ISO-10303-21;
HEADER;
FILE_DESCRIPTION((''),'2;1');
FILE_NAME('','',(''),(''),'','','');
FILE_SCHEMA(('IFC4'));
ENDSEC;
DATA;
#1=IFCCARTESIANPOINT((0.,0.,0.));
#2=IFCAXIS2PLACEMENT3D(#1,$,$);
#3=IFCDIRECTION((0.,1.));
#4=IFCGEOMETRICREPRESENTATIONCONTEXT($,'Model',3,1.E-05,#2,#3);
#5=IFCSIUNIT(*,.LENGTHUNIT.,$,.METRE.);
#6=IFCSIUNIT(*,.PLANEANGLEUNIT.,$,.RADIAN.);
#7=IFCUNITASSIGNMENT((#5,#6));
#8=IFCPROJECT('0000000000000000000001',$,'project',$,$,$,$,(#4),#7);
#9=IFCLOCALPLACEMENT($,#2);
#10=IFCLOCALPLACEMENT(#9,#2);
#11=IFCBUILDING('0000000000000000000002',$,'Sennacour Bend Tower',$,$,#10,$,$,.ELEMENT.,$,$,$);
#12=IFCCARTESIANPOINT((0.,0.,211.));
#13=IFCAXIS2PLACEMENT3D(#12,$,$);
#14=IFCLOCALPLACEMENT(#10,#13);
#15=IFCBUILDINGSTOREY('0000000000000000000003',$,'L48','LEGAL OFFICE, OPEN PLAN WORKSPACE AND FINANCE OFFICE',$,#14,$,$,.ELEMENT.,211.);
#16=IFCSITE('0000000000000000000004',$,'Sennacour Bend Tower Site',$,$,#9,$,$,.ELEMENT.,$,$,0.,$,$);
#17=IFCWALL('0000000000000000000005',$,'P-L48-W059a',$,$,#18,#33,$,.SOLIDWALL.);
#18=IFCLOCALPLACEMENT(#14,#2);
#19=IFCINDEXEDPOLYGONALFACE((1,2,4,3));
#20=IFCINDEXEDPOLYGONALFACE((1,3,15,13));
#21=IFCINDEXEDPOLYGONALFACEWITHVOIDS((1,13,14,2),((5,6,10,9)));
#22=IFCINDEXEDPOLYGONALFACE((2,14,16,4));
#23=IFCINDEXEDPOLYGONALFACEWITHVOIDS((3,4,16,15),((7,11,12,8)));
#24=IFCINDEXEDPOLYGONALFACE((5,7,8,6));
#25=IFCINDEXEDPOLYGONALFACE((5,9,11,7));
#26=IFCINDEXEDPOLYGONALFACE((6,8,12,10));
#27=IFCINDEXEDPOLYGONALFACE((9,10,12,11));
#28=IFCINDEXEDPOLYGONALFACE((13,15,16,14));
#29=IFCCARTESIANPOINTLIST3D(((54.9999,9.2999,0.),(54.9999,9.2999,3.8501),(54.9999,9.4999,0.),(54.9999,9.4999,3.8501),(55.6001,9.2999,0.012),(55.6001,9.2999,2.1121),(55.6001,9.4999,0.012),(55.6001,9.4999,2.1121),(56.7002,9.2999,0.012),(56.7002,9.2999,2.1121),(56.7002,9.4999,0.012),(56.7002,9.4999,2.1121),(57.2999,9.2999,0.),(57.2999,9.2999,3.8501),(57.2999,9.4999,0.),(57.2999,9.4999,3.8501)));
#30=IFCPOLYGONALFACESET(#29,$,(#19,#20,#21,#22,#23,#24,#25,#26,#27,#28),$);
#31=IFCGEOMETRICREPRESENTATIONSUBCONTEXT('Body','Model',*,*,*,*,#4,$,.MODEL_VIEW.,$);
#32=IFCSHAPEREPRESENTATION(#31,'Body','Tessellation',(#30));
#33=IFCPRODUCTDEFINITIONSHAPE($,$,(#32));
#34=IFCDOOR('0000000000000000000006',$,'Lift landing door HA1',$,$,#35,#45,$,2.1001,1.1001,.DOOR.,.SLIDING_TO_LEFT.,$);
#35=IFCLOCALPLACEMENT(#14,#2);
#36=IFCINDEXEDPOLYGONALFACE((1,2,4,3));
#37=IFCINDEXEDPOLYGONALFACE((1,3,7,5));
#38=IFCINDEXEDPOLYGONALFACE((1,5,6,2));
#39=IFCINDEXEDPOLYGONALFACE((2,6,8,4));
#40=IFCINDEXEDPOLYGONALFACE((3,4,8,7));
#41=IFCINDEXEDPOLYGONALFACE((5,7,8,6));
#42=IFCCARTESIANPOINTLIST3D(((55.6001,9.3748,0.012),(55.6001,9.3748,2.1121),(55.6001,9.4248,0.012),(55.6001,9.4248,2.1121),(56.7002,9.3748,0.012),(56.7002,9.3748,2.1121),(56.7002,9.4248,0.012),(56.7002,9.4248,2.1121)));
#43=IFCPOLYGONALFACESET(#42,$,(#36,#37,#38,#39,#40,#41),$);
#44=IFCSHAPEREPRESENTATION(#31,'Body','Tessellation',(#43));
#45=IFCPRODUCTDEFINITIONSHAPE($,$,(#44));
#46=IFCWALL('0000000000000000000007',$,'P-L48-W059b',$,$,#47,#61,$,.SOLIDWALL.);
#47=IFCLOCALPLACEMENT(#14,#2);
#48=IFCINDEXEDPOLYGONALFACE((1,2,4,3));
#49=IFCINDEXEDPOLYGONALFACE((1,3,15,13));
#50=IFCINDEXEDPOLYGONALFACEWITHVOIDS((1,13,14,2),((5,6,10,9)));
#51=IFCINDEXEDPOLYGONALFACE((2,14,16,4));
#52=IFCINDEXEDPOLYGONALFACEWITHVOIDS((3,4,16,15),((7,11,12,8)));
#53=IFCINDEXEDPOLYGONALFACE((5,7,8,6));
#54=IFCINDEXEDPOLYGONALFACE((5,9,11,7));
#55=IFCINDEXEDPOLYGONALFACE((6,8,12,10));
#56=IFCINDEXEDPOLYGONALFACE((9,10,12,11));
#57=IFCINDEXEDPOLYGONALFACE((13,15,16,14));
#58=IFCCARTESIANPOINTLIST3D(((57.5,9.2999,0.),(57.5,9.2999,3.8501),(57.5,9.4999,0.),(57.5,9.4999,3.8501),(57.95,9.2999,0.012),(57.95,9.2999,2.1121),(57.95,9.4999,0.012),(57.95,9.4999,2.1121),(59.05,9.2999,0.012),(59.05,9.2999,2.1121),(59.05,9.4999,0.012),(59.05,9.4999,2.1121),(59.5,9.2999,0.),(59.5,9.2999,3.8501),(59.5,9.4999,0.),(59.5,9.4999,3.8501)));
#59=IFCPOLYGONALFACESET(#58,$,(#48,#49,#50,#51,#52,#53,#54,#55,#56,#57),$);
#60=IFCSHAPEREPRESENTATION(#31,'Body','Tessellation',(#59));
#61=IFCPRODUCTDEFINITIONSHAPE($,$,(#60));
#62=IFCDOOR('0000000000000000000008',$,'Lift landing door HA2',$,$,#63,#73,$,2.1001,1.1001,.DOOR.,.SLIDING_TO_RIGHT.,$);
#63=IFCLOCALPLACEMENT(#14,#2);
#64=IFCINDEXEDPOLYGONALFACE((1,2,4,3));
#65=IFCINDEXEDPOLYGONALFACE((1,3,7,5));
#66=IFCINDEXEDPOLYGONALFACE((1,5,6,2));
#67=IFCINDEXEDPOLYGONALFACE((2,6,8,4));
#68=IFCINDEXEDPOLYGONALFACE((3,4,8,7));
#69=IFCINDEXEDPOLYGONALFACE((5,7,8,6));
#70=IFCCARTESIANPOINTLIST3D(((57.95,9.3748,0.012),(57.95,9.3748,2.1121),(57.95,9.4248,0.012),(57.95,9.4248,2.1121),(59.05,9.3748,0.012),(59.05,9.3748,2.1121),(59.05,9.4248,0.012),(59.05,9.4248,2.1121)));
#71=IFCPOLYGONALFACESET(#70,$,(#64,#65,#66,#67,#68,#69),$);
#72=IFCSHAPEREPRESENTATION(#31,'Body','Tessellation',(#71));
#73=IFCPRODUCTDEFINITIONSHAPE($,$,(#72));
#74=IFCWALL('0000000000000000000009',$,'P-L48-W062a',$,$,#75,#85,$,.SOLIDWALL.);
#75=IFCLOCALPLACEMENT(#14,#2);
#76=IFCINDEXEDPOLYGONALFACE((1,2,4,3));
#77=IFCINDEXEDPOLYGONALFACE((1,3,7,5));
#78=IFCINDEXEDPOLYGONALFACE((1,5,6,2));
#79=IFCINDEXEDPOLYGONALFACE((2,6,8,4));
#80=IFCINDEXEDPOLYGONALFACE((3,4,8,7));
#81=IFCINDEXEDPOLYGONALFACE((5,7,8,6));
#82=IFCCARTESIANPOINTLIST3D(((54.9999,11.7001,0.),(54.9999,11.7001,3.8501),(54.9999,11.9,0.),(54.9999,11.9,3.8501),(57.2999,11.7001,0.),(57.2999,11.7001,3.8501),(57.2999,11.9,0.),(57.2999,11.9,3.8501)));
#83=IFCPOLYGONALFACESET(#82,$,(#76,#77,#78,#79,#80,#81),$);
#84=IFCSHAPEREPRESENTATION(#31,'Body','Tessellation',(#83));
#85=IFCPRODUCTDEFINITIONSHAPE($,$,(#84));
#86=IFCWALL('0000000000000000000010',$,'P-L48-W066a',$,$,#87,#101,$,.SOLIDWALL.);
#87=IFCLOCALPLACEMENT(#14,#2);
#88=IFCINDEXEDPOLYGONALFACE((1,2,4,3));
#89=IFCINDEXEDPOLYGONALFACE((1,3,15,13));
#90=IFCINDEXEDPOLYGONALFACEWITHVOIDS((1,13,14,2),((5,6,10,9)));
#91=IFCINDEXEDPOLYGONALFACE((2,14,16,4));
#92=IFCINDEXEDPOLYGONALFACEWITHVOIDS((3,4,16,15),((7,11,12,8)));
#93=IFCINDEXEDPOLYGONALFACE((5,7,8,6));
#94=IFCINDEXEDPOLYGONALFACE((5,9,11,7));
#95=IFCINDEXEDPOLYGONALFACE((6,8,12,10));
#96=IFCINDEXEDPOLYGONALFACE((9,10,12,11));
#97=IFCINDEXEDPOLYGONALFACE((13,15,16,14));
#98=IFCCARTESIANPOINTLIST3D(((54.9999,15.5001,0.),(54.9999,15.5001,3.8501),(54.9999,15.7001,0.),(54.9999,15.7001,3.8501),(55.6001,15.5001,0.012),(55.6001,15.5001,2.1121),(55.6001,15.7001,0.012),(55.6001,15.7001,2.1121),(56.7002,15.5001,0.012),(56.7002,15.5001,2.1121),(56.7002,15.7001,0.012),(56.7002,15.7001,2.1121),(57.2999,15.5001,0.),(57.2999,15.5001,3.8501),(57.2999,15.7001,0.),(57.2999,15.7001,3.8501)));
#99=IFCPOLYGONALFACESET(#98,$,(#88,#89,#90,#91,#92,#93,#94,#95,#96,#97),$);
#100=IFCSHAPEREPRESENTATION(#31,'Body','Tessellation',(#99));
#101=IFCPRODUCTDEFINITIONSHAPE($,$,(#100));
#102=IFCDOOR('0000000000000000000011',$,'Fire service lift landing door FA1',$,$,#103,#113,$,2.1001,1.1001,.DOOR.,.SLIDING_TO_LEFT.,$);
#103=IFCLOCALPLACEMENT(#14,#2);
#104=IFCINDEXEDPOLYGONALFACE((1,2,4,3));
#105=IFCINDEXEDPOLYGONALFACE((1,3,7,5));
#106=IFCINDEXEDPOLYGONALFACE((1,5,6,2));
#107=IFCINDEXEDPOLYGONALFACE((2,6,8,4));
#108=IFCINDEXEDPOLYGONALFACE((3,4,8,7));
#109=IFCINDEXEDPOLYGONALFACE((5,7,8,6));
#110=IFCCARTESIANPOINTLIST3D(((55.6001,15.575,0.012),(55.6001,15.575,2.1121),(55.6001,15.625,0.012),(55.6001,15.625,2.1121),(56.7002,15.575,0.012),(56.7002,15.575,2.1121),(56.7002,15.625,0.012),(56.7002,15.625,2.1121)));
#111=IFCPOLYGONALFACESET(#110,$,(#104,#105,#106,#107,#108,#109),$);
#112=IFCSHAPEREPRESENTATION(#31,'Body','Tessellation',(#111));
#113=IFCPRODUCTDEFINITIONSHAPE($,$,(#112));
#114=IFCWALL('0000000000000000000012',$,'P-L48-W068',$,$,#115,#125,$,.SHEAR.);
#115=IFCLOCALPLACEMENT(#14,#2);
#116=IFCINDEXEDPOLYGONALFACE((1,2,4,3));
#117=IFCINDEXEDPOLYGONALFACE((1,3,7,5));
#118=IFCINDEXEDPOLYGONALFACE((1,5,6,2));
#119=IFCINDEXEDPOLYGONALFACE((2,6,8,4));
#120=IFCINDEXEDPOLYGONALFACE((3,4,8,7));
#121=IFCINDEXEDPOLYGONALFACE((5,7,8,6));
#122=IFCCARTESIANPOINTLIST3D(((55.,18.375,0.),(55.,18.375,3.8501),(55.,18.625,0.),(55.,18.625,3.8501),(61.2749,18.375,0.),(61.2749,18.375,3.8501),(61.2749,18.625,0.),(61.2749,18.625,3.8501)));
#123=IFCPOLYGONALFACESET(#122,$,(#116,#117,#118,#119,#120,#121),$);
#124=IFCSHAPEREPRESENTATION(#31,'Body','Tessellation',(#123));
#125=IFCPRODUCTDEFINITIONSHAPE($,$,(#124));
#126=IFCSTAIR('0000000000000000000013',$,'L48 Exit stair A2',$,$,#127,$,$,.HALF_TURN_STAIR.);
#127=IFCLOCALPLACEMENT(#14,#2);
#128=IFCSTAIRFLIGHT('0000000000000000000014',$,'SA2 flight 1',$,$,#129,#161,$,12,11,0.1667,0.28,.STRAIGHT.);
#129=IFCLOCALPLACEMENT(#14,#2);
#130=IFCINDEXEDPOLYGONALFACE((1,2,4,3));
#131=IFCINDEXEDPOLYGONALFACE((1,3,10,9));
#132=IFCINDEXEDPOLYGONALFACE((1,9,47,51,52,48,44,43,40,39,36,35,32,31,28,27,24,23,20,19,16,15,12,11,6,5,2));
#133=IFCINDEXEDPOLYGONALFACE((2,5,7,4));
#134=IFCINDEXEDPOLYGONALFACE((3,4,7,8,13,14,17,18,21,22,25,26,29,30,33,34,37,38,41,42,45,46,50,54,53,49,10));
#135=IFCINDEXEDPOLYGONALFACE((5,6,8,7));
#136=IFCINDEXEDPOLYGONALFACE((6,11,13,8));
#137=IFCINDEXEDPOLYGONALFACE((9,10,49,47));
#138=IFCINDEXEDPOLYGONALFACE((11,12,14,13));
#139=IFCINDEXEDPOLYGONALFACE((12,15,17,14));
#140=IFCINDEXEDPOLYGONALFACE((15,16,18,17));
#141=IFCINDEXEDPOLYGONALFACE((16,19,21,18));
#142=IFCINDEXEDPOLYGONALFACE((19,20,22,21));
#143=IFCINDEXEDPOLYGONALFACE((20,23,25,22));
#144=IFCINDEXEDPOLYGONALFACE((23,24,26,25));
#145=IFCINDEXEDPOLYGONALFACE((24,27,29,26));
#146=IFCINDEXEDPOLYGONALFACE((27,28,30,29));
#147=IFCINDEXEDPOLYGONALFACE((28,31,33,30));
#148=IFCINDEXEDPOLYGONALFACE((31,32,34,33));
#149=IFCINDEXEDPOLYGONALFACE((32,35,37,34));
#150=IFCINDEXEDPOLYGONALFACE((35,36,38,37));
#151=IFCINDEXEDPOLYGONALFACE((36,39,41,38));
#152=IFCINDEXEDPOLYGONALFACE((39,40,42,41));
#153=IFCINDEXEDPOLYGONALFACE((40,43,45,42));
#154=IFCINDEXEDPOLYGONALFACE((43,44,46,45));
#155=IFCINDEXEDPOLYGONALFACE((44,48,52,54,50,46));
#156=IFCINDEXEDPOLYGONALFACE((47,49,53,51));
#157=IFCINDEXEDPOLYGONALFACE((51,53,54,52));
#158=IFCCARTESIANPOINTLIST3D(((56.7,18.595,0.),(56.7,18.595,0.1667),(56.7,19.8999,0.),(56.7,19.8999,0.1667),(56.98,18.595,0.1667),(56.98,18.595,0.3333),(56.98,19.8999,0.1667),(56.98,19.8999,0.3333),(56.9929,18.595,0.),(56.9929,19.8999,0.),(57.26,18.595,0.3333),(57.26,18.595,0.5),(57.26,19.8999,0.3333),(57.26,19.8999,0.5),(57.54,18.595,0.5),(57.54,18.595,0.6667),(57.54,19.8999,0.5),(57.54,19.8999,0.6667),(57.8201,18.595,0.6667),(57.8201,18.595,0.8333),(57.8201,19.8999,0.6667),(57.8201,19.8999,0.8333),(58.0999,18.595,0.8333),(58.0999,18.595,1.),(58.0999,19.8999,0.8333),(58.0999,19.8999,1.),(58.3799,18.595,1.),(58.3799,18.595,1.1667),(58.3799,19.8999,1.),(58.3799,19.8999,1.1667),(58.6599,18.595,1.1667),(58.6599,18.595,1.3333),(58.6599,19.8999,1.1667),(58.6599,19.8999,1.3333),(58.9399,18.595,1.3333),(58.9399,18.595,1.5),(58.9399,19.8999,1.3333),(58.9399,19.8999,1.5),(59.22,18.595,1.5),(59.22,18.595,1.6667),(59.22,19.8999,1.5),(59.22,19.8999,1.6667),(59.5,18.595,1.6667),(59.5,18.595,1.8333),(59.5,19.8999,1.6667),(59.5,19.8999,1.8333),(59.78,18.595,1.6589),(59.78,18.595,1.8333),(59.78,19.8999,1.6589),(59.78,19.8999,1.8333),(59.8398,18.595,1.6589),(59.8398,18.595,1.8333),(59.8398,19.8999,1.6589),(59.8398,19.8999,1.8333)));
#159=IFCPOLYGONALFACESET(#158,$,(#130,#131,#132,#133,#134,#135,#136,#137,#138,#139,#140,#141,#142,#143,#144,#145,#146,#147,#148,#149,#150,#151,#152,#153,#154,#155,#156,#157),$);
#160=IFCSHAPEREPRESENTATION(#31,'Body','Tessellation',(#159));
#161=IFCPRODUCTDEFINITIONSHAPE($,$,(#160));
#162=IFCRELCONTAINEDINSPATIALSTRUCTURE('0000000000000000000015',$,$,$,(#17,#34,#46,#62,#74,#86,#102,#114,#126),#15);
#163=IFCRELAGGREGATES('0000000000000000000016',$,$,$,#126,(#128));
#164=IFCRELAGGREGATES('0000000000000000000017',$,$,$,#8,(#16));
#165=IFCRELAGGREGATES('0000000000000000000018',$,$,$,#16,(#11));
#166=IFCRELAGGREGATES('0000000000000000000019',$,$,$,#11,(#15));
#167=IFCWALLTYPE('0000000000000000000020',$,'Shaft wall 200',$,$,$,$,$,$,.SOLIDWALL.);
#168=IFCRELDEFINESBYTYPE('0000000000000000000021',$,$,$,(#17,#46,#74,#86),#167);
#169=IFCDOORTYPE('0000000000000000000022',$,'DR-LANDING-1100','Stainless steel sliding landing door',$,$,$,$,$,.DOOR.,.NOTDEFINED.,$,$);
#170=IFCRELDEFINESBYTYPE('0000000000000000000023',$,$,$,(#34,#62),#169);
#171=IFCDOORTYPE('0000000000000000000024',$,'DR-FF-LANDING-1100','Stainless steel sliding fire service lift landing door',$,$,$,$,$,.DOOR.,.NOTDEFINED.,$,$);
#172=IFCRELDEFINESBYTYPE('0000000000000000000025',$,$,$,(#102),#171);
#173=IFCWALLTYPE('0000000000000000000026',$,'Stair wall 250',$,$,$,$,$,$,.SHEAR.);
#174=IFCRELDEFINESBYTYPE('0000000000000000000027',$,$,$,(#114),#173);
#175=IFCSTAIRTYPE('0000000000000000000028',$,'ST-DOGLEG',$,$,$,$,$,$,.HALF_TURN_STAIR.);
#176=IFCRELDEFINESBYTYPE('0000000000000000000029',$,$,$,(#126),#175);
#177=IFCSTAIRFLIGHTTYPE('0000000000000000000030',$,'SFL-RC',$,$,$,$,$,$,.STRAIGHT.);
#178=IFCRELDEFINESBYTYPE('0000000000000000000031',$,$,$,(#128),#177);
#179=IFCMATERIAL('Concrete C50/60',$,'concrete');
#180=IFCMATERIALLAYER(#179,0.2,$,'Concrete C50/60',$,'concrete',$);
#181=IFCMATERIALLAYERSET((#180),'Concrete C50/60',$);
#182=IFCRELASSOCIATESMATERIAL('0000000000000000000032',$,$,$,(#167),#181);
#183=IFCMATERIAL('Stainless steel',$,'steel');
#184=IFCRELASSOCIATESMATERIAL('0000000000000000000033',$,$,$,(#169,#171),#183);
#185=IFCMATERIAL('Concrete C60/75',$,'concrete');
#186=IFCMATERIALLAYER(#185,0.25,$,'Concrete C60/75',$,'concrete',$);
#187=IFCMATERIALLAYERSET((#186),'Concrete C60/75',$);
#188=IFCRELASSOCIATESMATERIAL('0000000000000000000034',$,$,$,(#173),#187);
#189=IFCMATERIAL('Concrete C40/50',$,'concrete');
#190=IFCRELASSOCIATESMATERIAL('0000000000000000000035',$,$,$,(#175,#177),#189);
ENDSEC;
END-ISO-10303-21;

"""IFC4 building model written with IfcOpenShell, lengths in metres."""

from ifc_helpers import new_model, si_unit, direction, frame, frame_2d, origin, place, context, subcontext, project, spatial, polyline, rectangle, outline, extrude, material, layer, layer_set, type_object, element, fill, aggregate, save


model = new_model("IFC4")

# Units and contexts
model_context = context("Model", 3, precision=1e-05, world=origin(), true_north=direction((0.0, 1.0)))
body_context = subcontext(model_context, "Body", "Model", "MODEL_VIEW")
ifc_project = project(units=[si_unit("LENGTHUNIT", "METRE"), si_unit("PLANEANGLEUNIT", "RADIAN")], contexts=[model_context])

# Site, building, storey
site_placement = place(None, origin())
site = spatial("IfcSite", under=ifc_project, at=site_placement, Name="Sennacour Bend Tower Site", CompositionType="ELEMENT", RefElevation=0.0)
building_placement = place(site_placement, origin())
building = spatial("IfcBuilding", under=site, at=building_placement, Name="Sennacour Bend Tower", CompositionType="ELEMENT")
storey_placement = place(building_placement, frame((0.0, 0.0, 211.0)))
storey = spatial("IfcBuildingStorey", under=building, at=storey_placement, Name="L48", Description="LEGAL OFFICE, OPEN PLAN WORKSPACE AND FINANCE OFFICE", CompositionType="ELEMENT", Elevation=211.0)

# Shared definitions
ifc_material_1 = material(Name="Concrete C60/75", Category="concrete")

# Shared definitions
ifc_material_2 = material(Name="Concrete C50/60", Category="concrete")
ifc_layer_1 = layer(ifc_material_2, 0.2, Name="Concrete C50/60", Category="concrete")
ifc_layer_set_1 = layer_set([ifc_layer_1], Name="Concrete C50/60")
wall_type_1 = type_object("IfcWallType", Name="Shaft wall 200", PredefinedType="SOLIDWALL", material=ifc_layer_set_1)

# Walls, openings, doors
wall_1_placement = place(storey_placement, frame((55.0, 9.3999, 0.0), z_axis=(0.0, 0.0, 1.0), x_axis=(1.0, 0.0, 0.0)))
wall_1 = element("IfcWall", 1, at=wall_1_placement, inside=storey, type_object=wall_type_1, Name="P-L48-W059a", PredefinedType="SOLIDWALL", context=body_context, shape_type="SweptSolid", body=[
    extrude(rectangle(XDim=2.3, YDim=0.2, at=frame_2d((1.1499, 0.0))), origin(), (0.0, 0.0, 1.0), 3.8501),
])
opening_1_placement = place(wall_1_placement, frame((0.6001, 0.0, 0.012)))
opening_1 = element("IfcOpeningElement", 2, at=opening_1_placement, cuts=wall_1, PredefinedType="OPENING", context=body_context, shape_type="SweptSolid", body=[
    extrude(rectangle(XDim=1.1001, YDim=2.1001, at=frame_2d((0.55, 1.05))), frame((0.0, 0.1099, 0.0), z_axis=(0.0, -1.0, 0.0), x_axis=(1.0, 0.0, 0.0)), (0.0, 0.0, 1.0), 0.22),
])
ifc_material_3 = material(Name="Stainless steel", Category="steel")
door_type_1 = type_object("IfcDoorType", Name="DR-LANDING-1100", Description="Stainless steel sliding landing door", OperationType="NOTDEFINED", PredefinedType="DOOR", material=ifc_material_3)
door_1_placement = place(opening_1_placement, origin())
door_1 = element("IfcDoor", 3, at=door_1_placement, inside=storey, type_object=door_type_1, Name="Lift landing door HA1", OperationType="SLIDING_TO_LEFT", OverallHeight=2.1001, OverallWidth=1.1001, PredefinedType="DOOR", context=body_context, shape_type="SweptSolid", body=[
    extrude(rectangle(XDim=1.1001, YDim=2.1001, at=frame_2d((0.55, 1.05))), frame((0.0, 0.0249, 0.0), z_axis=(0.0, -1.0, 0.0), x_axis=(1.0, 0.0, 0.0)), (0.0, 0.0, 1.0), 0.05),
])
fill(opening_1, door_1)
wall_2_placement = place(storey_placement, frame((57.5, 9.3999, 0.0), z_axis=(0.0, 0.0, 1.0), x_axis=(1.0, 0.0, 0.0)))
wall_2 = element("IfcWall", 4, at=wall_2_placement, inside=storey, type_object=wall_type_1, Name="P-L48-W059b", PredefinedType="SOLIDWALL", context=body_context, shape_type="SweptSolid", body=[
    extrude(rectangle(XDim=2.0, YDim=0.2, at=frame_2d((1.0, 0.0))), origin(), (0.0, 0.0, 1.0), 3.8501),
])
opening_2_placement = place(wall_2_placement, frame((0.45, 0.0, 0.012)))
opening_2 = element("IfcOpeningElement", 5, at=opening_2_placement, cuts=wall_2, PredefinedType="OPENING", context=body_context, shape_type="SweptSolid", body=[
    extrude(rectangle(XDim=1.1001, YDim=2.1001, at=frame_2d((0.55, 1.05))), frame((0.0, 0.1099, 0.0), z_axis=(0.0, -1.0, 0.0), x_axis=(1.0, 0.0, 0.0)), (0.0, 0.0, 1.0), 0.22),
])
door_2_placement = place(opening_2_placement, origin())
door_2 = element("IfcDoor", 6, at=door_2_placement, inside=storey, type_object=door_type_1, Name="Lift landing door HA2", OperationType="SLIDING_TO_RIGHT", OverallHeight=2.1001, OverallWidth=1.1001, PredefinedType="DOOR", context=body_context, shape_type="SweptSolid", body=[
    extrude(rectangle(XDim=1.1001, YDim=2.1001, at=frame_2d((0.55, 1.05))), frame((0.0, 0.0249, 0.0), z_axis=(0.0, -1.0, 0.0), x_axis=(1.0, 0.0, 0.0)), (0.0, 0.0, 1.0), 0.05),
])
fill(opening_2, door_2)

# Wall
wall_3_placement = place(storey_placement, frame((55.0, 11.8, 0.0), z_axis=(0.0, 0.0, 1.0), x_axis=(1.0, 0.0, 0.0)))
element("IfcWall", 7, at=wall_3_placement, inside=storey, type_object=wall_type_1, Name="P-L48-W062a", PredefinedType="SOLIDWALL", context=body_context, shape_type="SweptSolid", body=[
    extrude(rectangle(XDim=2.3, YDim=0.2, at=frame_2d((1.1499, 0.0))), origin(), (0.0, 0.0, 1.0), 3.8501),
])

# Wall, opening, door
wall_4_placement = place(storey_placement, frame((55.0, 15.6001, 0.0), z_axis=(0.0, 0.0, 1.0), x_axis=(1.0, 0.0, 0.0)))
wall_4 = element("IfcWall", 8, at=wall_4_placement, inside=storey, type_object=wall_type_1, Name="P-L48-W066a", PredefinedType="SOLIDWALL", context=body_context, shape_type="SweptSolid", body=[
    extrude(rectangle(XDim=2.3, YDim=0.2, at=frame_2d((1.1499, 0.0))), origin(), (0.0, 0.0, 1.0), 3.8501),
])
opening_3_placement = place(wall_4_placement, frame((0.6001, 0.0, 0.012)))
opening_3 = element("IfcOpeningElement", 9, at=opening_3_placement, cuts=wall_4, PredefinedType="OPENING", context=body_context, shape_type="SweptSolid", body=[
    extrude(rectangle(XDim=1.1001, YDim=2.1001, at=frame_2d((0.55, 1.05))), frame((0.0, 0.1099, 0.0), z_axis=(0.0, -1.0, 0.0), x_axis=(1.0, 0.0, 0.0)), (0.0, 0.0, 1.0), 0.22),
])
door_type_2 = type_object("IfcDoorType", Name="DR-FF-LANDING-1100", Description="Stainless steel sliding fire service lift landing door", OperationType="NOTDEFINED", PredefinedType="DOOR", material=ifc_material_3)
door_3_placement = place(opening_3_placement, origin())
door_3 = element("IfcDoor", 10, at=door_3_placement, inside=storey, type_object=door_type_2, Name="Fire service lift landing door FA1", OperationType="SLIDING_TO_LEFT", OverallHeight=2.1001, OverallWidth=1.1001, PredefinedType="DOOR", context=body_context, shape_type="SweptSolid", body=[
    extrude(rectangle(XDim=1.1001, YDim=2.1001, at=frame_2d((0.55, 1.05))), frame((0.0, 0.0249, 0.0), z_axis=(0.0, -1.0, 0.0), x_axis=(1.0, 0.0, 0.0)), (0.0, 0.0, 1.0), 0.05),
])
fill(opening_3, door_3)

# Wall
ifc_layer_2 = layer(ifc_material_1, 0.25, Name="Concrete C60/75", Category="concrete")
ifc_layer_set_2 = layer_set([ifc_layer_2], Name="Concrete C60/75")
wall_type_2 = type_object("IfcWallType", Name="Stair wall 250", PredefinedType="SHEAR", material=ifc_layer_set_2)
wall_5_placement = place(storey_placement, frame((55.0, 18.5, 0.0), z_axis=(0.0, 0.0, 1.0), x_axis=(1.0, 0.0, 0.0)))
element("IfcWall", 11, at=wall_5_placement, inside=storey, type_object=wall_type_2, Name="P-L48-W068", PredefinedType="SHEAR", context=body_context, shape_type="SweptSolid", body=[
    extrude(rectangle(XDim=6.2749, YDim=0.25, at=frame_2d((3.1375, 0.0))), origin(), (0.0, 0.0, 1.0), 3.8501),
])

# Stair, stair flight
ifc_material_4 = material(Name="Concrete C40/50", Category="concrete")
stair_type = type_object("IfcStairType", Name="ST-DOGLEG", PredefinedType="HALF_TURN_STAIR", material=ifc_material_4)
stair_placement = place(storey_placement, origin())
stair = element("IfcStair", 12, at=stair_placement, inside=storey, type_object=stair_type, Name="L48 Exit stair A2", PredefinedType="HALF_TURN_STAIR")
stair_flight_type = type_object("IfcStairFlightType", Name="SFL-RC", PredefinedType="STRAIGHT", material=ifc_material_4)
stair_flight_placement = place(storey_placement, frame((56.7, 19.2476, 0.0), z_axis=(0.0, 0.0, 1.0), x_axis=(1.0, 0.0, 0.0)))
stair_flight = element("IfcStairFlight", 13, at=stair_flight_placement, type_object=stair_flight_type, Name="SA2 flight 1", NumberOfRisers=12, NumberOfTreads=11, PredefinedType="STRAIGHT", RiserHeight=0.1667, TreadLength=0.28, context=body_context, shape_type="SweptSolid", body=[
    extrude(outline(polyline([(0.0, 0.0), (0.0, 0.1667), (0.28, 0.1667), (0.28, 0.3333), (0.5601, 0.3333), (0.5601, 0.5), (0.8401, 0.5), (0.8401, 0.6667), (1.1201, 0.6667), (1.1201, 0.8333), (1.3999, 0.8333), (1.3999, 1.0), (1.6799, 1.0), (1.6799, 1.1667), (1.96, 1.1667), (1.96, 1.3333), (2.24, 1.3333), (2.24, 1.5), (2.52, 1.5), (2.52, 1.6667), (2.8, 1.6667), (2.8, 1.8333), (3.0801, 1.8333), (3.1399, 1.8333), (3.1399, 1.6589), (3.0801, 1.6589), (0.293, 0.0), (0.0, 0.0)])), frame((0.0, 0.6523, 0.0), z_axis=(0.0, -1.0, 0.0), x_axis=(1.0, 0.0, 0.0)), (0.0, 0.0, 1.0), 1.3049),
])
aggregate(stair, [stair_flight])

save(model, "model.ifc")
